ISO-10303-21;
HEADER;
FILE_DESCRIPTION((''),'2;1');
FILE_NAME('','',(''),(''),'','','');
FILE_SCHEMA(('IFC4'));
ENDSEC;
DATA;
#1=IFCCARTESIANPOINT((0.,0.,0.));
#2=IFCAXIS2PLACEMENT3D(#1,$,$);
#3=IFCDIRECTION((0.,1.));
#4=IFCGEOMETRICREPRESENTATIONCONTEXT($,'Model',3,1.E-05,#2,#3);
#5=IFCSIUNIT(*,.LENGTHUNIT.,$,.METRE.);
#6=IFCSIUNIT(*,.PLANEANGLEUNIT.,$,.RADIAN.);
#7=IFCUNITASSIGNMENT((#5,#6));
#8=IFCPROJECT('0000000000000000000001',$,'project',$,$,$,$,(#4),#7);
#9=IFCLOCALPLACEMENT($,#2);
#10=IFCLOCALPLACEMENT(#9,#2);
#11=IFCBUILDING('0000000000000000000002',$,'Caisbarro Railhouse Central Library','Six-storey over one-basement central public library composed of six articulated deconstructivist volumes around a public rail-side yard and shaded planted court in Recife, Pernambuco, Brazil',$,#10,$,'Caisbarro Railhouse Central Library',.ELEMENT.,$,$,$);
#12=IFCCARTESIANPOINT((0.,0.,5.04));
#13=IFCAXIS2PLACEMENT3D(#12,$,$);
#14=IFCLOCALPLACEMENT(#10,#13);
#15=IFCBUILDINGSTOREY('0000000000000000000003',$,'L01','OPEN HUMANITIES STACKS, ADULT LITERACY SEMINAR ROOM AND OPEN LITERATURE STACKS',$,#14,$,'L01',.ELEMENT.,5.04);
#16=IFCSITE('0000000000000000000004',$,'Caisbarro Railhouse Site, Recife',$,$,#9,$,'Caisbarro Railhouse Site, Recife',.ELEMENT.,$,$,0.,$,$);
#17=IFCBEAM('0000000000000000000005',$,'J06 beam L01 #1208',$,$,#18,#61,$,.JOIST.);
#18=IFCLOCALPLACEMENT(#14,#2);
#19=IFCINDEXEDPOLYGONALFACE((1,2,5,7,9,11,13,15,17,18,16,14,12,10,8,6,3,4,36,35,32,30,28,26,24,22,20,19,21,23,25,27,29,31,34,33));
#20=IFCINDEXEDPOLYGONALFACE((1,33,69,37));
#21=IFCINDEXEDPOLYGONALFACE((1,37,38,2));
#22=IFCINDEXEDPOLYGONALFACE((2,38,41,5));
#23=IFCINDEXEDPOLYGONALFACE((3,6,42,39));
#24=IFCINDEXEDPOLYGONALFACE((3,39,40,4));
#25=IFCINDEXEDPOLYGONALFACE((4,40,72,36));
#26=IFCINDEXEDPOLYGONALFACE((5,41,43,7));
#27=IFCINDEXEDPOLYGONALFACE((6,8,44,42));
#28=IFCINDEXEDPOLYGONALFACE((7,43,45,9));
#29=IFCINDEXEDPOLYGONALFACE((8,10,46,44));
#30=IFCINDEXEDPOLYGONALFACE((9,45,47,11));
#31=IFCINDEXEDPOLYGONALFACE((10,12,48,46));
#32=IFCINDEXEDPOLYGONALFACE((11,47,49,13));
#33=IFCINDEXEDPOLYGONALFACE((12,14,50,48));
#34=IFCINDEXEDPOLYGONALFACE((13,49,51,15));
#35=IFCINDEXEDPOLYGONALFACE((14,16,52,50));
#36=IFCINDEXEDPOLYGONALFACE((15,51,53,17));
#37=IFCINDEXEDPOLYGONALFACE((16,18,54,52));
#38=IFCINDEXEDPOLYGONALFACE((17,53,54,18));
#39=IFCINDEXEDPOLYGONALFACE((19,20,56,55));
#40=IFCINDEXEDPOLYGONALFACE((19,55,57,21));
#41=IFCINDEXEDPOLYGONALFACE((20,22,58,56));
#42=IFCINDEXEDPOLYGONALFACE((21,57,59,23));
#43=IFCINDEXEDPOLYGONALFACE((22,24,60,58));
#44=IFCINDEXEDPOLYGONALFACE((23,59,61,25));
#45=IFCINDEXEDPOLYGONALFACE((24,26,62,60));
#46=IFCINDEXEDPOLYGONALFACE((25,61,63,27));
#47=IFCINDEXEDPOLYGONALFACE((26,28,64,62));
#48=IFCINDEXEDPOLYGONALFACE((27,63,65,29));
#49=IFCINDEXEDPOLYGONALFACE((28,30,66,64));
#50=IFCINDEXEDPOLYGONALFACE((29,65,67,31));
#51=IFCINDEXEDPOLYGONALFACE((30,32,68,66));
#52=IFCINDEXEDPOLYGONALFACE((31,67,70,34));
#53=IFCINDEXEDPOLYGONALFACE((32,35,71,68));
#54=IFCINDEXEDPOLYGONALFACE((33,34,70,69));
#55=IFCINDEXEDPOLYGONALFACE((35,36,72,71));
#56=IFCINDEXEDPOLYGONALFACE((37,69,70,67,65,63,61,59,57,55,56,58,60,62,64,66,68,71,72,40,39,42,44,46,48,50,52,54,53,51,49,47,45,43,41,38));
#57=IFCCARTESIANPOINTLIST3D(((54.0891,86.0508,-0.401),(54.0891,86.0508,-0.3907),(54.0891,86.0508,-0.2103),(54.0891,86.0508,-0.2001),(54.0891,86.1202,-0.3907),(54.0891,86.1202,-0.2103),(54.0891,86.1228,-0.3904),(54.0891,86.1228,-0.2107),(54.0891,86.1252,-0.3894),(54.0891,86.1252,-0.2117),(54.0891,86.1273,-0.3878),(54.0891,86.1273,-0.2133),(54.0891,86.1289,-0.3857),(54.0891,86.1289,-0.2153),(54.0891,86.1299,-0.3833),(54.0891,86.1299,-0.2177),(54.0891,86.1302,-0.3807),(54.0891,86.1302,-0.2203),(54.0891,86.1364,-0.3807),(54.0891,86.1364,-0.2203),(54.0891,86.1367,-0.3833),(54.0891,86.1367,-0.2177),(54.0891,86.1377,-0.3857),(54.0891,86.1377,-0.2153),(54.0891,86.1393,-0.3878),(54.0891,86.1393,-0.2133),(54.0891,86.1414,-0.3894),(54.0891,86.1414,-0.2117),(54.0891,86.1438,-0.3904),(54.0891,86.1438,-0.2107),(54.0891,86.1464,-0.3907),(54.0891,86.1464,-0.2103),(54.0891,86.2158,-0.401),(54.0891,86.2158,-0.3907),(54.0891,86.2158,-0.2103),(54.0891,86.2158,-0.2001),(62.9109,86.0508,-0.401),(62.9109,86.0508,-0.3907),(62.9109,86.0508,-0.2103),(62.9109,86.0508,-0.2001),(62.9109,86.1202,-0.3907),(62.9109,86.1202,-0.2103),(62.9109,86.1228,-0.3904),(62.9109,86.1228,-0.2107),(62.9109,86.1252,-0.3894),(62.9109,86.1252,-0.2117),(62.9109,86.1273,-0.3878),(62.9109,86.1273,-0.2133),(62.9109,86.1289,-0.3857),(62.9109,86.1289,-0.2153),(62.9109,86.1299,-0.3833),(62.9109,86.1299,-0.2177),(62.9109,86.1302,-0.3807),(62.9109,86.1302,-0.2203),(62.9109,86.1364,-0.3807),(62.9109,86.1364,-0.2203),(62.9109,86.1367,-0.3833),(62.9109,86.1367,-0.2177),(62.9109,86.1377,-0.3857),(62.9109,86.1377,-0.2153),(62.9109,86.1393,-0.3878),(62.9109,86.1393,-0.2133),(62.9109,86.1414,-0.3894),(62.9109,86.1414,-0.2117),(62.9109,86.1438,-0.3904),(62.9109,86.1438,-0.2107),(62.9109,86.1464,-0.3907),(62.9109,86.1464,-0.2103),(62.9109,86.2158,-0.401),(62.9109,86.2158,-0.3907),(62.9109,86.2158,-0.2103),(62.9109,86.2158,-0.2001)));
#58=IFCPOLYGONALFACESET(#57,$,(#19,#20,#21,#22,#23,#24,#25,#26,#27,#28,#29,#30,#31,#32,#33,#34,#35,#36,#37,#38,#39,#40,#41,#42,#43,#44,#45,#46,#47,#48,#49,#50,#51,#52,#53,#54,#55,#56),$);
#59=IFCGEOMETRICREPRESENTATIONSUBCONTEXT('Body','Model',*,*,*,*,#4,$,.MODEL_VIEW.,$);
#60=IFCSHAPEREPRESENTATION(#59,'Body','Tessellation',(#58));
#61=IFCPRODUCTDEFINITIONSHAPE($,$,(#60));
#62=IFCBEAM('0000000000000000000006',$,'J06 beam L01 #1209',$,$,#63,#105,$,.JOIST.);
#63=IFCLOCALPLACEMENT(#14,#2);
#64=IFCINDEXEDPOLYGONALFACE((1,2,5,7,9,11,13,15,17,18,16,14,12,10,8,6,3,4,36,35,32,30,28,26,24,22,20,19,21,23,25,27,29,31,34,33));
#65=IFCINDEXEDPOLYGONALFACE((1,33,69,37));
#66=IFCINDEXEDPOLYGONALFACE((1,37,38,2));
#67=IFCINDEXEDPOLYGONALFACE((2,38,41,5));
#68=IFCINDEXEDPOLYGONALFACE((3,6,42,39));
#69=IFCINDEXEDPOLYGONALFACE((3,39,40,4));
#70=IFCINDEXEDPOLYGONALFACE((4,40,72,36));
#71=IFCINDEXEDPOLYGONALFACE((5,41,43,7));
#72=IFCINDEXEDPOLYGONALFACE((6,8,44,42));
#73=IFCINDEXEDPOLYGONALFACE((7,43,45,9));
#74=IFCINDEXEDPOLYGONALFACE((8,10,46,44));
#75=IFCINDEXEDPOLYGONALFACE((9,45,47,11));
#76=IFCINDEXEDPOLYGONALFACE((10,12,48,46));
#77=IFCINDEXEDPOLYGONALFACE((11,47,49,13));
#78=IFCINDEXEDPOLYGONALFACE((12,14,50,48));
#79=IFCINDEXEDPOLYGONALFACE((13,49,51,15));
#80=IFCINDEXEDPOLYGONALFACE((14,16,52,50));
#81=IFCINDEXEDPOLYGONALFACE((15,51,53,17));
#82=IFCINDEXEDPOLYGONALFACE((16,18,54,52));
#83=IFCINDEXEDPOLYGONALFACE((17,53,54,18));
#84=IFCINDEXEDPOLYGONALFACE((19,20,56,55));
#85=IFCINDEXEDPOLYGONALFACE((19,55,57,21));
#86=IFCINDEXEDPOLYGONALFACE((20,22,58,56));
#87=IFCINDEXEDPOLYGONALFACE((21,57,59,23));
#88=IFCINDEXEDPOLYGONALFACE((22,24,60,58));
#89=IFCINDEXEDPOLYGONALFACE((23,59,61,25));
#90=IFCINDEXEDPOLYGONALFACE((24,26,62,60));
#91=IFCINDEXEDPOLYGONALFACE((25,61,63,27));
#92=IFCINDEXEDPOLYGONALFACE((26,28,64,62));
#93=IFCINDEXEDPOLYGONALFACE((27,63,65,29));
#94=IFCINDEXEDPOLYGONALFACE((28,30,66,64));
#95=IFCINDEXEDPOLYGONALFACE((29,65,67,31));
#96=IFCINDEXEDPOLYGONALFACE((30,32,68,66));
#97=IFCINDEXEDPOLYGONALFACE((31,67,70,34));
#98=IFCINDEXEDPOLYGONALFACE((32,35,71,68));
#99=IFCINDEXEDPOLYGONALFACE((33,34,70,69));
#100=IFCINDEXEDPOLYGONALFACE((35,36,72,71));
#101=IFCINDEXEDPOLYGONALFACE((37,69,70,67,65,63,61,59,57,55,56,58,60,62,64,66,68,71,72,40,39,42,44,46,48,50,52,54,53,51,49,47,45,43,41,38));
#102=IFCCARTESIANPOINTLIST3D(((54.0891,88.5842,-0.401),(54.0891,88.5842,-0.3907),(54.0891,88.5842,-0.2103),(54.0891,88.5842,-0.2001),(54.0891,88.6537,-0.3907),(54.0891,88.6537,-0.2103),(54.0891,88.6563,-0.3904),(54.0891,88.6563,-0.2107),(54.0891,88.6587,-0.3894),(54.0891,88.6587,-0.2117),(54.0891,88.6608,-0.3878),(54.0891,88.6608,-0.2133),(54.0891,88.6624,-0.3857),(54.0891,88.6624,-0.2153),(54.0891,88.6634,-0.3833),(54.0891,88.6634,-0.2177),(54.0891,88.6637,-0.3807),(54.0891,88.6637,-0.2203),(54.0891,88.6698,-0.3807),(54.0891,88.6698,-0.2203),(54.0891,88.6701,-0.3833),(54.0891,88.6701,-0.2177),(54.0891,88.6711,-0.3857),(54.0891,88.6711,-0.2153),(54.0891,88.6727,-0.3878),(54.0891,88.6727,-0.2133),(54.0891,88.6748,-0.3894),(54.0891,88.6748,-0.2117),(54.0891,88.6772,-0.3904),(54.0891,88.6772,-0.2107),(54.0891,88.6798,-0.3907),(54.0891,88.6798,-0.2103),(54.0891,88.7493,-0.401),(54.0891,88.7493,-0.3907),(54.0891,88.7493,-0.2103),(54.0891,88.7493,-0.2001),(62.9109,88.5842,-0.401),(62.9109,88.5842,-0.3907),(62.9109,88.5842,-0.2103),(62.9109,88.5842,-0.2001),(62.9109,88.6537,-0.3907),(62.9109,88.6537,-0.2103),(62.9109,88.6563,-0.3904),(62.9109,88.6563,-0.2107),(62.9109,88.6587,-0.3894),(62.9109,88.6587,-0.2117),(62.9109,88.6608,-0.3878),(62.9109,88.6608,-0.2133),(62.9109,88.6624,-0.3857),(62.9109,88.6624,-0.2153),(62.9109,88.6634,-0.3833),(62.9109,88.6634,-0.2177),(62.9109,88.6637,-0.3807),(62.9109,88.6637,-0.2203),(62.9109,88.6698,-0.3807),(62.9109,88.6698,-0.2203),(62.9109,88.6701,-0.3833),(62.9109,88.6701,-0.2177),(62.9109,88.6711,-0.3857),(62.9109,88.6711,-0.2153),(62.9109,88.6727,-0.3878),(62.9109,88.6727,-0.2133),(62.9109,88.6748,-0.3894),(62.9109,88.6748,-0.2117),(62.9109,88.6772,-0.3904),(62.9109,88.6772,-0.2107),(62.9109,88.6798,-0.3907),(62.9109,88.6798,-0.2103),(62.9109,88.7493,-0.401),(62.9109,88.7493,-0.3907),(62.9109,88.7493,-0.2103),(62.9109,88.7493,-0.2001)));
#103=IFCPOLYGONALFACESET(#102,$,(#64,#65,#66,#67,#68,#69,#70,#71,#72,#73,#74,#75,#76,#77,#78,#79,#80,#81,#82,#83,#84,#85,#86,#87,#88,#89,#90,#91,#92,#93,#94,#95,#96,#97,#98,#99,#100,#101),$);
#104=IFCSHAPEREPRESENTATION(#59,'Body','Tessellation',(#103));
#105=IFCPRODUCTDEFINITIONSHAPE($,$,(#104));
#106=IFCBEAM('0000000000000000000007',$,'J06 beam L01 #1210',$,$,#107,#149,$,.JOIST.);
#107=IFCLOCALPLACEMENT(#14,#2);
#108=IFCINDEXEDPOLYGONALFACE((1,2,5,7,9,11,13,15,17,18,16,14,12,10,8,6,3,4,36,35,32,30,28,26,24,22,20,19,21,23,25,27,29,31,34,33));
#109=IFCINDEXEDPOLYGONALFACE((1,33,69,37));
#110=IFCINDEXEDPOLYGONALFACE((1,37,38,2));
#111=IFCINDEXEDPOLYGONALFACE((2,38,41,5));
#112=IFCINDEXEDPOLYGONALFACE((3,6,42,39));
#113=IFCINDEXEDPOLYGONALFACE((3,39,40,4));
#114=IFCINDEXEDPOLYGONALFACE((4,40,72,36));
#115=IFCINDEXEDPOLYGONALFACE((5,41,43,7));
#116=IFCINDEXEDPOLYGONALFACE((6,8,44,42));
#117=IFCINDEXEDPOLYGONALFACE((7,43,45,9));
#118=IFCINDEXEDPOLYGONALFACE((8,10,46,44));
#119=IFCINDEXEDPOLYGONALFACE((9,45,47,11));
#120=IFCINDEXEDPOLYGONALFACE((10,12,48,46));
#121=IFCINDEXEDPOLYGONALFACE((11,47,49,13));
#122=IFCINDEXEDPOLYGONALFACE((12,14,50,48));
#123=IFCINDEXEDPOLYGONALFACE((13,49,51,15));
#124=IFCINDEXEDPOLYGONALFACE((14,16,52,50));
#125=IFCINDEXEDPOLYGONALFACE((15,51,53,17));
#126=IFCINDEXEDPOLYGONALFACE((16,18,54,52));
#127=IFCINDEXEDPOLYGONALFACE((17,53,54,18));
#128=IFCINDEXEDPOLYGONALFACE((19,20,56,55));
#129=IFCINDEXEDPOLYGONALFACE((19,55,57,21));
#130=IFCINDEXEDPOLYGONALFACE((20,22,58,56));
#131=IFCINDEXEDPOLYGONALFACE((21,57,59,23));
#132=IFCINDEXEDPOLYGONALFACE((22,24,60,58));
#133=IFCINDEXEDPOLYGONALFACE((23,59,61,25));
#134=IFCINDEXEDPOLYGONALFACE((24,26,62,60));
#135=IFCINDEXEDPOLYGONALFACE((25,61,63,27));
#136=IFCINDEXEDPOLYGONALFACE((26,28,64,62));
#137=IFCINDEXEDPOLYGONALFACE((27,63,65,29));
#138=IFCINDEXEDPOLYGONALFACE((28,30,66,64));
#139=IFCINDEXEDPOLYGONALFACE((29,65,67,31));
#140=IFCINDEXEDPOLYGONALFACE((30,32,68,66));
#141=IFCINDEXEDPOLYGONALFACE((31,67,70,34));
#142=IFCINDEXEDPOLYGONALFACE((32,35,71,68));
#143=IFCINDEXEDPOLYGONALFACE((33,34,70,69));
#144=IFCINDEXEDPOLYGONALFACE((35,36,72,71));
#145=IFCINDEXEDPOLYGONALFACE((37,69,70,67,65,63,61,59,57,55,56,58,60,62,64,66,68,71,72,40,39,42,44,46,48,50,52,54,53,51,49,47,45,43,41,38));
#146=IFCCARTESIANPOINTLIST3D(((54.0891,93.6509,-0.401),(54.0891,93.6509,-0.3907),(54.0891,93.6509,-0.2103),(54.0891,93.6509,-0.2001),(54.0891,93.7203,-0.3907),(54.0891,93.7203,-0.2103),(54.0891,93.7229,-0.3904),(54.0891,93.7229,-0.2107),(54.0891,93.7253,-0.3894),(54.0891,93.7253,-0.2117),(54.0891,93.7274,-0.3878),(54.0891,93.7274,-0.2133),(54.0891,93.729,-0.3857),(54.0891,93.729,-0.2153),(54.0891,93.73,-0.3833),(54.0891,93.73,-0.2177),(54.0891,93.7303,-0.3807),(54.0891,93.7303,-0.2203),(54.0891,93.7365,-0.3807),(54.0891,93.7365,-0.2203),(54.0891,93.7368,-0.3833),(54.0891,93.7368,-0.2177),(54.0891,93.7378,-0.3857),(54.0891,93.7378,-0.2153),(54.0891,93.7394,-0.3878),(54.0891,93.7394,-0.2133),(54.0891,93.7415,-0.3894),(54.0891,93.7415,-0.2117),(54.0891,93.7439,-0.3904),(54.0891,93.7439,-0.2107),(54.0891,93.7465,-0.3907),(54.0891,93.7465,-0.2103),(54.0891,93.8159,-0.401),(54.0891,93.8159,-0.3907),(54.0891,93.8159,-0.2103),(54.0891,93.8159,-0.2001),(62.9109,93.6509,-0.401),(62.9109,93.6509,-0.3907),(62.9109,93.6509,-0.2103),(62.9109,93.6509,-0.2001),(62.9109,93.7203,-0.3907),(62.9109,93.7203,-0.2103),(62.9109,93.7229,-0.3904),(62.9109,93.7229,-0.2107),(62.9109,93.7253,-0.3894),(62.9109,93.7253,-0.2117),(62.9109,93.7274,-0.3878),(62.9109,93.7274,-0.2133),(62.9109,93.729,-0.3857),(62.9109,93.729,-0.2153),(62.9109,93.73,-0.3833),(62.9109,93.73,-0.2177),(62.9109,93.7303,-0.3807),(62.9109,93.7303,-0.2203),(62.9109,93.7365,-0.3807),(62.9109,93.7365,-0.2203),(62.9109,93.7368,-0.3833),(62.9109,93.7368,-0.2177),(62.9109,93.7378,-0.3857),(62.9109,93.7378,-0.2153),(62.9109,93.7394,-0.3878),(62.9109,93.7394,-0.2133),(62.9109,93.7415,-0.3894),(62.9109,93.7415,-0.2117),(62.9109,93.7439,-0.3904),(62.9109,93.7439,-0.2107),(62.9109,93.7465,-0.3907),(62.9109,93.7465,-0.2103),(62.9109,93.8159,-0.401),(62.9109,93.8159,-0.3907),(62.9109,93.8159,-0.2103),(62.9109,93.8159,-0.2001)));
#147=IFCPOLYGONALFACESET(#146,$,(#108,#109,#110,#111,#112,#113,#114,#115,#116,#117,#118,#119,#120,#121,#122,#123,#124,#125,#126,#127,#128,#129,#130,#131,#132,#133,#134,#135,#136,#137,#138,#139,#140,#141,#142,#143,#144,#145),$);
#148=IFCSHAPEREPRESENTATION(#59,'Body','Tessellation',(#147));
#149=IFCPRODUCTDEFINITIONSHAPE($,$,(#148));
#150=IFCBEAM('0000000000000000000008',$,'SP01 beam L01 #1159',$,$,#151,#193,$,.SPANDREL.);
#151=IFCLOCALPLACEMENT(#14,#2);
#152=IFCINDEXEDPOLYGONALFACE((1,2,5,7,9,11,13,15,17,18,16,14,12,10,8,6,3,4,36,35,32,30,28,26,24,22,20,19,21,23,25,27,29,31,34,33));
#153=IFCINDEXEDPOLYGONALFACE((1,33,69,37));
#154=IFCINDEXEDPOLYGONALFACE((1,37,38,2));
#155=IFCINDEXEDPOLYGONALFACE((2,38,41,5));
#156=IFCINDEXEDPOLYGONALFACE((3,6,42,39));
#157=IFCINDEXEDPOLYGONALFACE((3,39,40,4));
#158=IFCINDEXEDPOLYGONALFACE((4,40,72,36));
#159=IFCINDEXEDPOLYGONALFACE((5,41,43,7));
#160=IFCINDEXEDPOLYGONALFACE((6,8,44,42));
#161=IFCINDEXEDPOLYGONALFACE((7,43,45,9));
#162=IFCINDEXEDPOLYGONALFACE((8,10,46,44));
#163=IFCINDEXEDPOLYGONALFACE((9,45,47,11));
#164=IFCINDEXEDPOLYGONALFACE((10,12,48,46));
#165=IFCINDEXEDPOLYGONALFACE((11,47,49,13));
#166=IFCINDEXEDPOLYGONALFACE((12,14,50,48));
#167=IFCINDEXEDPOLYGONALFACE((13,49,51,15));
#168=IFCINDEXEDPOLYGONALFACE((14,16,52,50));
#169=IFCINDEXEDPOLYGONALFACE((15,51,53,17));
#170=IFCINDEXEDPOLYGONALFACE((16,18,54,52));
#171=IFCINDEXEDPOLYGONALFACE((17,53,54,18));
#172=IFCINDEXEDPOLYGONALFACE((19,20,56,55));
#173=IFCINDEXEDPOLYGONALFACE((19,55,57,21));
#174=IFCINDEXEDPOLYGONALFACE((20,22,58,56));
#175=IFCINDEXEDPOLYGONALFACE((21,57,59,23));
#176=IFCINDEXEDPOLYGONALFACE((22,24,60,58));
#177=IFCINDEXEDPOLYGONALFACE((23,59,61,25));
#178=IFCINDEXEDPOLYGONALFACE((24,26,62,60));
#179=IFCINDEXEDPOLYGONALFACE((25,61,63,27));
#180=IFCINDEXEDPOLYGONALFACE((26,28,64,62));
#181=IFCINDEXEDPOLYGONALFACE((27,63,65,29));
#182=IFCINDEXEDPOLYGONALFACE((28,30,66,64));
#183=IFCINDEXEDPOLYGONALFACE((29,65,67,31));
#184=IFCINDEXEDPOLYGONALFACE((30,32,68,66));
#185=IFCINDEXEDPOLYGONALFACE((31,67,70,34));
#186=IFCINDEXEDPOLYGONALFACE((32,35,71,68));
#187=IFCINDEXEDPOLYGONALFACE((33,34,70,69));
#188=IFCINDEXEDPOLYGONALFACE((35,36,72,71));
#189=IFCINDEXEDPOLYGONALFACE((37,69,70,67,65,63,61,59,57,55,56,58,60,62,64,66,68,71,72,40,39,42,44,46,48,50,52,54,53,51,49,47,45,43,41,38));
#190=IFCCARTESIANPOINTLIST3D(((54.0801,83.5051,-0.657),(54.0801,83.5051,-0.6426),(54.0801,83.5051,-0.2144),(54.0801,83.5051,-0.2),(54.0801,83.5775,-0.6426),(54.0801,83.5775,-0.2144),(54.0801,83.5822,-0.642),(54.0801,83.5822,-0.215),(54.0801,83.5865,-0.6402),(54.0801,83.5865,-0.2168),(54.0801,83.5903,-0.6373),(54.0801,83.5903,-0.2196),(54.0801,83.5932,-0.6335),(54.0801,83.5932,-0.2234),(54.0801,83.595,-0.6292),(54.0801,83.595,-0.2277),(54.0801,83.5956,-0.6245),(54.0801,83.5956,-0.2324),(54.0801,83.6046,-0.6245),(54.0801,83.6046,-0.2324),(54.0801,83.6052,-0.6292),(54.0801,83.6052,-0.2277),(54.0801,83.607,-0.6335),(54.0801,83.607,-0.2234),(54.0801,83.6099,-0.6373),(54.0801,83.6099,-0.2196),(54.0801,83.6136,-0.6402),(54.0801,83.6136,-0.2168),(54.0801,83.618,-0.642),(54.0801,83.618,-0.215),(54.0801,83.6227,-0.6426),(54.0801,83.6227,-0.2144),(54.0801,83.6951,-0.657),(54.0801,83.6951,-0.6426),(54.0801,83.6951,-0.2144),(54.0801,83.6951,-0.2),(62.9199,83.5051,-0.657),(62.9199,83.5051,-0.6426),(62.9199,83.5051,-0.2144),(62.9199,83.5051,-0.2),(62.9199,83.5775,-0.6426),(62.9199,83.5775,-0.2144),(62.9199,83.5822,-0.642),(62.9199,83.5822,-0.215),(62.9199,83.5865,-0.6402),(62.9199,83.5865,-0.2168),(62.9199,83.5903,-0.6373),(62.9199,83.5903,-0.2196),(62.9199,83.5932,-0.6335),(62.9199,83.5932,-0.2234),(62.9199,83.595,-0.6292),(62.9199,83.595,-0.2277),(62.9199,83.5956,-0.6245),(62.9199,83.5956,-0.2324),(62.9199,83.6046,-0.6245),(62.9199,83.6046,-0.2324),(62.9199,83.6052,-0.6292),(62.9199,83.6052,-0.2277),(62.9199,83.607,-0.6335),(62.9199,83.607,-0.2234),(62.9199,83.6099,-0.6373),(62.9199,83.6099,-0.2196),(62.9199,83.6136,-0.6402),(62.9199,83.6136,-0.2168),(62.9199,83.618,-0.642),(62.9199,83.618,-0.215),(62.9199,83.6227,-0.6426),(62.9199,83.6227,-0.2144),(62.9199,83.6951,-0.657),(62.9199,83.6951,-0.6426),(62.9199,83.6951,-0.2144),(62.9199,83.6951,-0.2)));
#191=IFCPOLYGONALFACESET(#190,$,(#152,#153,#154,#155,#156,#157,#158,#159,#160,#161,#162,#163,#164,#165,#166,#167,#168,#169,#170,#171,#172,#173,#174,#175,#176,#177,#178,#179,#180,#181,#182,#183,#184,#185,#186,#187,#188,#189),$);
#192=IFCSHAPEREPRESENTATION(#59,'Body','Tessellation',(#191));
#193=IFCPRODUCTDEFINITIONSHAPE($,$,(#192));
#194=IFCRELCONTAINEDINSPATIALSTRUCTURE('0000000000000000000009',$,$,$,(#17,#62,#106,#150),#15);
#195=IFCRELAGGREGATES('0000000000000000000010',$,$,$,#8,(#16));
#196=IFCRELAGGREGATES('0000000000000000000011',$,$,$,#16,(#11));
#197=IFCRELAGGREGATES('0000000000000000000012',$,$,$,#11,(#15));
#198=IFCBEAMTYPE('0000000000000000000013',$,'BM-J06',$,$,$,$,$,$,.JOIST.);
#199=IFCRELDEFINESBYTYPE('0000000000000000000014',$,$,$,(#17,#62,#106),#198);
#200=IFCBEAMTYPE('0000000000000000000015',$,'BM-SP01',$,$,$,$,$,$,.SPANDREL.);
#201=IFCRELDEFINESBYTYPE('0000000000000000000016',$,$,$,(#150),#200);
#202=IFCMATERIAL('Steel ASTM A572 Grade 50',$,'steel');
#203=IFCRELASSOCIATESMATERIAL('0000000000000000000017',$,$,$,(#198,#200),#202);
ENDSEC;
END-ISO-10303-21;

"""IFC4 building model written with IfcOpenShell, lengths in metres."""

from ifc_helpers import new_model, si_unit, direction, frame, origin, origin_2d, place, context, subcontext, project, spatial, i_section, extrude, material, material_profile, profile_set, type_object, element, save


model = new_model("IFC4")

# Units and contexts
model_context = context("Model", 3, precision=1e-05, world=origin(), true_north=direction((0.0, 1.0)))
body_context = subcontext(model_context, "Body", "Model", "MODEL_VIEW")
ifc_project = project(units=[si_unit("LENGTHUNIT", "METRE"), si_unit("PLANEANGLEUNIT", "RADIAN")], contexts=[model_context])

# Site, building, storey
site_placement = place(None, origin())
site = spatial("IfcSite", under=ifc_project, at=site_placement, Name="Caisbarro Railhouse Site, Recife", LongName="Caisbarro Railhouse Site, Recife", CompositionType="ELEMENT", RefElevation=0.0)
building_placement = place(site_placement, origin())
building = spatial("IfcBuilding", under=site, at=building_placement, Name="Caisbarro Railhouse Central Library", Description="Six-storey over one-basement central public library composed of six articulated deconstructivist volumes around a public rail-side yard and shaded planted court in Recife, Pernambuco, Brazil", LongName="Caisbarro Railhouse Central Library", CompositionType="ELEMENT")
storey_placement = place(building_placement, frame((0.0, 0.0, 5.04)))
storey = spatial("IfcBuildingStorey", under=building, at=storey_placement, Name="L01", Description="OPEN HUMANITIES STACKS, ADULT LITERACY SEMINAR ROOM AND OPEN LITERATURE STACKS", LongName="L01", CompositionType="ELEMENT", Elevation=5.04)

# Shared definitions
ifc_material_1 = material(Name="Steel ASTM A572 Grade 50", Category="steel")

# Beams
ifc_material_profile_1 = material_profile(ifc_material_1, i_section(OverallWidth=0.165, OverallDepth=0.2009, WebThickness=0.0061, FlangeThickness=0.0103, FilletRadius=0.01, at=origin_2d()), Name="W200X35.9")
ifc_profile_set_1 = profile_set([ifc_material_profile_1], Name="Steel ASTM A572 Grade 50")
beam_type_1 = type_object("IfcBeamType", Name="BM-J06", PredefinedType="JOIST", material=ifc_profile_set_1)
for number, where, z_axis, x_axis, name in (
    (1, (54.0891, 86.1333, -0.3005), (1.0, 0.0, 0.0), (0.0, 1.0, 0.0), "J06 beam L01 #1208"),
    (2, (54.0891, 88.6667, -0.3005), (1.0, 0.0, 0.0), (0.0, 1.0, 0.0), "J06 beam L01 #1209"),
    (3, (54.0891, 93.7334, -0.3005), (1.0, 0.0, 0.0), (0.0, 1.0, 0.0), "J06 beam L01 #1210"),
):
    element("IfcBeam", number, at=place(storey_placement, frame(where, z_axis=z_axis, x_axis=x_axis)), inside=storey, type_object=beam_type_1, Name=name, PredefinedType="JOIST", context=body_context, shape_type="SweptSolid", body=[
        extrude(i_section(OverallWidth=0.165, OverallDepth=0.2009, WebThickness=0.0061, FlangeThickness=0.0103, FilletRadius=0.01, at=origin_2d()), origin(), (0.0, 0.0, 1.0), 8.8218),
    ])
ifc_material_profile_2 = material_profile(ifc_material_1, i_section(OverallWidth=0.1899, OverallDepth=0.457, WebThickness=0.009, FlangeThickness=0.0144, FilletRadius=0.0181, at=origin_2d()), Name="W460X74.0")
ifc_profile_set_2 = profile_set([ifc_material_profile_2], Name="Steel ASTM A572 Grade 50")
beam_type_2 = type_object("IfcBeamType", Name="BM-SP01", PredefinedType="SPANDREL", material=ifc_profile_set_2)
beam_1_placement = place(storey_placement, frame((54.0801, 83.6001, -0.4285), z_axis=(1.0, 0.0, 0.0), x_axis=(0.0, 1.0, 0.0)))
element("IfcBeam", 4, at=beam_1_placement, inside=storey, type_object=beam_type_2, Name="SP01 beam L01 #1159", PredefinedType="SPANDREL", context=body_context, shape_type="SweptSolid", body=[
    extrude(i_section(OverallWidth=0.1899, OverallDepth=0.457, WebThickness=0.009, FlangeThickness=0.0144, FilletRadius=0.0181, at=origin_2d()), origin(), (0.0, 0.0, 1.0), 8.8398),
])

save(model, "model.ifc")
